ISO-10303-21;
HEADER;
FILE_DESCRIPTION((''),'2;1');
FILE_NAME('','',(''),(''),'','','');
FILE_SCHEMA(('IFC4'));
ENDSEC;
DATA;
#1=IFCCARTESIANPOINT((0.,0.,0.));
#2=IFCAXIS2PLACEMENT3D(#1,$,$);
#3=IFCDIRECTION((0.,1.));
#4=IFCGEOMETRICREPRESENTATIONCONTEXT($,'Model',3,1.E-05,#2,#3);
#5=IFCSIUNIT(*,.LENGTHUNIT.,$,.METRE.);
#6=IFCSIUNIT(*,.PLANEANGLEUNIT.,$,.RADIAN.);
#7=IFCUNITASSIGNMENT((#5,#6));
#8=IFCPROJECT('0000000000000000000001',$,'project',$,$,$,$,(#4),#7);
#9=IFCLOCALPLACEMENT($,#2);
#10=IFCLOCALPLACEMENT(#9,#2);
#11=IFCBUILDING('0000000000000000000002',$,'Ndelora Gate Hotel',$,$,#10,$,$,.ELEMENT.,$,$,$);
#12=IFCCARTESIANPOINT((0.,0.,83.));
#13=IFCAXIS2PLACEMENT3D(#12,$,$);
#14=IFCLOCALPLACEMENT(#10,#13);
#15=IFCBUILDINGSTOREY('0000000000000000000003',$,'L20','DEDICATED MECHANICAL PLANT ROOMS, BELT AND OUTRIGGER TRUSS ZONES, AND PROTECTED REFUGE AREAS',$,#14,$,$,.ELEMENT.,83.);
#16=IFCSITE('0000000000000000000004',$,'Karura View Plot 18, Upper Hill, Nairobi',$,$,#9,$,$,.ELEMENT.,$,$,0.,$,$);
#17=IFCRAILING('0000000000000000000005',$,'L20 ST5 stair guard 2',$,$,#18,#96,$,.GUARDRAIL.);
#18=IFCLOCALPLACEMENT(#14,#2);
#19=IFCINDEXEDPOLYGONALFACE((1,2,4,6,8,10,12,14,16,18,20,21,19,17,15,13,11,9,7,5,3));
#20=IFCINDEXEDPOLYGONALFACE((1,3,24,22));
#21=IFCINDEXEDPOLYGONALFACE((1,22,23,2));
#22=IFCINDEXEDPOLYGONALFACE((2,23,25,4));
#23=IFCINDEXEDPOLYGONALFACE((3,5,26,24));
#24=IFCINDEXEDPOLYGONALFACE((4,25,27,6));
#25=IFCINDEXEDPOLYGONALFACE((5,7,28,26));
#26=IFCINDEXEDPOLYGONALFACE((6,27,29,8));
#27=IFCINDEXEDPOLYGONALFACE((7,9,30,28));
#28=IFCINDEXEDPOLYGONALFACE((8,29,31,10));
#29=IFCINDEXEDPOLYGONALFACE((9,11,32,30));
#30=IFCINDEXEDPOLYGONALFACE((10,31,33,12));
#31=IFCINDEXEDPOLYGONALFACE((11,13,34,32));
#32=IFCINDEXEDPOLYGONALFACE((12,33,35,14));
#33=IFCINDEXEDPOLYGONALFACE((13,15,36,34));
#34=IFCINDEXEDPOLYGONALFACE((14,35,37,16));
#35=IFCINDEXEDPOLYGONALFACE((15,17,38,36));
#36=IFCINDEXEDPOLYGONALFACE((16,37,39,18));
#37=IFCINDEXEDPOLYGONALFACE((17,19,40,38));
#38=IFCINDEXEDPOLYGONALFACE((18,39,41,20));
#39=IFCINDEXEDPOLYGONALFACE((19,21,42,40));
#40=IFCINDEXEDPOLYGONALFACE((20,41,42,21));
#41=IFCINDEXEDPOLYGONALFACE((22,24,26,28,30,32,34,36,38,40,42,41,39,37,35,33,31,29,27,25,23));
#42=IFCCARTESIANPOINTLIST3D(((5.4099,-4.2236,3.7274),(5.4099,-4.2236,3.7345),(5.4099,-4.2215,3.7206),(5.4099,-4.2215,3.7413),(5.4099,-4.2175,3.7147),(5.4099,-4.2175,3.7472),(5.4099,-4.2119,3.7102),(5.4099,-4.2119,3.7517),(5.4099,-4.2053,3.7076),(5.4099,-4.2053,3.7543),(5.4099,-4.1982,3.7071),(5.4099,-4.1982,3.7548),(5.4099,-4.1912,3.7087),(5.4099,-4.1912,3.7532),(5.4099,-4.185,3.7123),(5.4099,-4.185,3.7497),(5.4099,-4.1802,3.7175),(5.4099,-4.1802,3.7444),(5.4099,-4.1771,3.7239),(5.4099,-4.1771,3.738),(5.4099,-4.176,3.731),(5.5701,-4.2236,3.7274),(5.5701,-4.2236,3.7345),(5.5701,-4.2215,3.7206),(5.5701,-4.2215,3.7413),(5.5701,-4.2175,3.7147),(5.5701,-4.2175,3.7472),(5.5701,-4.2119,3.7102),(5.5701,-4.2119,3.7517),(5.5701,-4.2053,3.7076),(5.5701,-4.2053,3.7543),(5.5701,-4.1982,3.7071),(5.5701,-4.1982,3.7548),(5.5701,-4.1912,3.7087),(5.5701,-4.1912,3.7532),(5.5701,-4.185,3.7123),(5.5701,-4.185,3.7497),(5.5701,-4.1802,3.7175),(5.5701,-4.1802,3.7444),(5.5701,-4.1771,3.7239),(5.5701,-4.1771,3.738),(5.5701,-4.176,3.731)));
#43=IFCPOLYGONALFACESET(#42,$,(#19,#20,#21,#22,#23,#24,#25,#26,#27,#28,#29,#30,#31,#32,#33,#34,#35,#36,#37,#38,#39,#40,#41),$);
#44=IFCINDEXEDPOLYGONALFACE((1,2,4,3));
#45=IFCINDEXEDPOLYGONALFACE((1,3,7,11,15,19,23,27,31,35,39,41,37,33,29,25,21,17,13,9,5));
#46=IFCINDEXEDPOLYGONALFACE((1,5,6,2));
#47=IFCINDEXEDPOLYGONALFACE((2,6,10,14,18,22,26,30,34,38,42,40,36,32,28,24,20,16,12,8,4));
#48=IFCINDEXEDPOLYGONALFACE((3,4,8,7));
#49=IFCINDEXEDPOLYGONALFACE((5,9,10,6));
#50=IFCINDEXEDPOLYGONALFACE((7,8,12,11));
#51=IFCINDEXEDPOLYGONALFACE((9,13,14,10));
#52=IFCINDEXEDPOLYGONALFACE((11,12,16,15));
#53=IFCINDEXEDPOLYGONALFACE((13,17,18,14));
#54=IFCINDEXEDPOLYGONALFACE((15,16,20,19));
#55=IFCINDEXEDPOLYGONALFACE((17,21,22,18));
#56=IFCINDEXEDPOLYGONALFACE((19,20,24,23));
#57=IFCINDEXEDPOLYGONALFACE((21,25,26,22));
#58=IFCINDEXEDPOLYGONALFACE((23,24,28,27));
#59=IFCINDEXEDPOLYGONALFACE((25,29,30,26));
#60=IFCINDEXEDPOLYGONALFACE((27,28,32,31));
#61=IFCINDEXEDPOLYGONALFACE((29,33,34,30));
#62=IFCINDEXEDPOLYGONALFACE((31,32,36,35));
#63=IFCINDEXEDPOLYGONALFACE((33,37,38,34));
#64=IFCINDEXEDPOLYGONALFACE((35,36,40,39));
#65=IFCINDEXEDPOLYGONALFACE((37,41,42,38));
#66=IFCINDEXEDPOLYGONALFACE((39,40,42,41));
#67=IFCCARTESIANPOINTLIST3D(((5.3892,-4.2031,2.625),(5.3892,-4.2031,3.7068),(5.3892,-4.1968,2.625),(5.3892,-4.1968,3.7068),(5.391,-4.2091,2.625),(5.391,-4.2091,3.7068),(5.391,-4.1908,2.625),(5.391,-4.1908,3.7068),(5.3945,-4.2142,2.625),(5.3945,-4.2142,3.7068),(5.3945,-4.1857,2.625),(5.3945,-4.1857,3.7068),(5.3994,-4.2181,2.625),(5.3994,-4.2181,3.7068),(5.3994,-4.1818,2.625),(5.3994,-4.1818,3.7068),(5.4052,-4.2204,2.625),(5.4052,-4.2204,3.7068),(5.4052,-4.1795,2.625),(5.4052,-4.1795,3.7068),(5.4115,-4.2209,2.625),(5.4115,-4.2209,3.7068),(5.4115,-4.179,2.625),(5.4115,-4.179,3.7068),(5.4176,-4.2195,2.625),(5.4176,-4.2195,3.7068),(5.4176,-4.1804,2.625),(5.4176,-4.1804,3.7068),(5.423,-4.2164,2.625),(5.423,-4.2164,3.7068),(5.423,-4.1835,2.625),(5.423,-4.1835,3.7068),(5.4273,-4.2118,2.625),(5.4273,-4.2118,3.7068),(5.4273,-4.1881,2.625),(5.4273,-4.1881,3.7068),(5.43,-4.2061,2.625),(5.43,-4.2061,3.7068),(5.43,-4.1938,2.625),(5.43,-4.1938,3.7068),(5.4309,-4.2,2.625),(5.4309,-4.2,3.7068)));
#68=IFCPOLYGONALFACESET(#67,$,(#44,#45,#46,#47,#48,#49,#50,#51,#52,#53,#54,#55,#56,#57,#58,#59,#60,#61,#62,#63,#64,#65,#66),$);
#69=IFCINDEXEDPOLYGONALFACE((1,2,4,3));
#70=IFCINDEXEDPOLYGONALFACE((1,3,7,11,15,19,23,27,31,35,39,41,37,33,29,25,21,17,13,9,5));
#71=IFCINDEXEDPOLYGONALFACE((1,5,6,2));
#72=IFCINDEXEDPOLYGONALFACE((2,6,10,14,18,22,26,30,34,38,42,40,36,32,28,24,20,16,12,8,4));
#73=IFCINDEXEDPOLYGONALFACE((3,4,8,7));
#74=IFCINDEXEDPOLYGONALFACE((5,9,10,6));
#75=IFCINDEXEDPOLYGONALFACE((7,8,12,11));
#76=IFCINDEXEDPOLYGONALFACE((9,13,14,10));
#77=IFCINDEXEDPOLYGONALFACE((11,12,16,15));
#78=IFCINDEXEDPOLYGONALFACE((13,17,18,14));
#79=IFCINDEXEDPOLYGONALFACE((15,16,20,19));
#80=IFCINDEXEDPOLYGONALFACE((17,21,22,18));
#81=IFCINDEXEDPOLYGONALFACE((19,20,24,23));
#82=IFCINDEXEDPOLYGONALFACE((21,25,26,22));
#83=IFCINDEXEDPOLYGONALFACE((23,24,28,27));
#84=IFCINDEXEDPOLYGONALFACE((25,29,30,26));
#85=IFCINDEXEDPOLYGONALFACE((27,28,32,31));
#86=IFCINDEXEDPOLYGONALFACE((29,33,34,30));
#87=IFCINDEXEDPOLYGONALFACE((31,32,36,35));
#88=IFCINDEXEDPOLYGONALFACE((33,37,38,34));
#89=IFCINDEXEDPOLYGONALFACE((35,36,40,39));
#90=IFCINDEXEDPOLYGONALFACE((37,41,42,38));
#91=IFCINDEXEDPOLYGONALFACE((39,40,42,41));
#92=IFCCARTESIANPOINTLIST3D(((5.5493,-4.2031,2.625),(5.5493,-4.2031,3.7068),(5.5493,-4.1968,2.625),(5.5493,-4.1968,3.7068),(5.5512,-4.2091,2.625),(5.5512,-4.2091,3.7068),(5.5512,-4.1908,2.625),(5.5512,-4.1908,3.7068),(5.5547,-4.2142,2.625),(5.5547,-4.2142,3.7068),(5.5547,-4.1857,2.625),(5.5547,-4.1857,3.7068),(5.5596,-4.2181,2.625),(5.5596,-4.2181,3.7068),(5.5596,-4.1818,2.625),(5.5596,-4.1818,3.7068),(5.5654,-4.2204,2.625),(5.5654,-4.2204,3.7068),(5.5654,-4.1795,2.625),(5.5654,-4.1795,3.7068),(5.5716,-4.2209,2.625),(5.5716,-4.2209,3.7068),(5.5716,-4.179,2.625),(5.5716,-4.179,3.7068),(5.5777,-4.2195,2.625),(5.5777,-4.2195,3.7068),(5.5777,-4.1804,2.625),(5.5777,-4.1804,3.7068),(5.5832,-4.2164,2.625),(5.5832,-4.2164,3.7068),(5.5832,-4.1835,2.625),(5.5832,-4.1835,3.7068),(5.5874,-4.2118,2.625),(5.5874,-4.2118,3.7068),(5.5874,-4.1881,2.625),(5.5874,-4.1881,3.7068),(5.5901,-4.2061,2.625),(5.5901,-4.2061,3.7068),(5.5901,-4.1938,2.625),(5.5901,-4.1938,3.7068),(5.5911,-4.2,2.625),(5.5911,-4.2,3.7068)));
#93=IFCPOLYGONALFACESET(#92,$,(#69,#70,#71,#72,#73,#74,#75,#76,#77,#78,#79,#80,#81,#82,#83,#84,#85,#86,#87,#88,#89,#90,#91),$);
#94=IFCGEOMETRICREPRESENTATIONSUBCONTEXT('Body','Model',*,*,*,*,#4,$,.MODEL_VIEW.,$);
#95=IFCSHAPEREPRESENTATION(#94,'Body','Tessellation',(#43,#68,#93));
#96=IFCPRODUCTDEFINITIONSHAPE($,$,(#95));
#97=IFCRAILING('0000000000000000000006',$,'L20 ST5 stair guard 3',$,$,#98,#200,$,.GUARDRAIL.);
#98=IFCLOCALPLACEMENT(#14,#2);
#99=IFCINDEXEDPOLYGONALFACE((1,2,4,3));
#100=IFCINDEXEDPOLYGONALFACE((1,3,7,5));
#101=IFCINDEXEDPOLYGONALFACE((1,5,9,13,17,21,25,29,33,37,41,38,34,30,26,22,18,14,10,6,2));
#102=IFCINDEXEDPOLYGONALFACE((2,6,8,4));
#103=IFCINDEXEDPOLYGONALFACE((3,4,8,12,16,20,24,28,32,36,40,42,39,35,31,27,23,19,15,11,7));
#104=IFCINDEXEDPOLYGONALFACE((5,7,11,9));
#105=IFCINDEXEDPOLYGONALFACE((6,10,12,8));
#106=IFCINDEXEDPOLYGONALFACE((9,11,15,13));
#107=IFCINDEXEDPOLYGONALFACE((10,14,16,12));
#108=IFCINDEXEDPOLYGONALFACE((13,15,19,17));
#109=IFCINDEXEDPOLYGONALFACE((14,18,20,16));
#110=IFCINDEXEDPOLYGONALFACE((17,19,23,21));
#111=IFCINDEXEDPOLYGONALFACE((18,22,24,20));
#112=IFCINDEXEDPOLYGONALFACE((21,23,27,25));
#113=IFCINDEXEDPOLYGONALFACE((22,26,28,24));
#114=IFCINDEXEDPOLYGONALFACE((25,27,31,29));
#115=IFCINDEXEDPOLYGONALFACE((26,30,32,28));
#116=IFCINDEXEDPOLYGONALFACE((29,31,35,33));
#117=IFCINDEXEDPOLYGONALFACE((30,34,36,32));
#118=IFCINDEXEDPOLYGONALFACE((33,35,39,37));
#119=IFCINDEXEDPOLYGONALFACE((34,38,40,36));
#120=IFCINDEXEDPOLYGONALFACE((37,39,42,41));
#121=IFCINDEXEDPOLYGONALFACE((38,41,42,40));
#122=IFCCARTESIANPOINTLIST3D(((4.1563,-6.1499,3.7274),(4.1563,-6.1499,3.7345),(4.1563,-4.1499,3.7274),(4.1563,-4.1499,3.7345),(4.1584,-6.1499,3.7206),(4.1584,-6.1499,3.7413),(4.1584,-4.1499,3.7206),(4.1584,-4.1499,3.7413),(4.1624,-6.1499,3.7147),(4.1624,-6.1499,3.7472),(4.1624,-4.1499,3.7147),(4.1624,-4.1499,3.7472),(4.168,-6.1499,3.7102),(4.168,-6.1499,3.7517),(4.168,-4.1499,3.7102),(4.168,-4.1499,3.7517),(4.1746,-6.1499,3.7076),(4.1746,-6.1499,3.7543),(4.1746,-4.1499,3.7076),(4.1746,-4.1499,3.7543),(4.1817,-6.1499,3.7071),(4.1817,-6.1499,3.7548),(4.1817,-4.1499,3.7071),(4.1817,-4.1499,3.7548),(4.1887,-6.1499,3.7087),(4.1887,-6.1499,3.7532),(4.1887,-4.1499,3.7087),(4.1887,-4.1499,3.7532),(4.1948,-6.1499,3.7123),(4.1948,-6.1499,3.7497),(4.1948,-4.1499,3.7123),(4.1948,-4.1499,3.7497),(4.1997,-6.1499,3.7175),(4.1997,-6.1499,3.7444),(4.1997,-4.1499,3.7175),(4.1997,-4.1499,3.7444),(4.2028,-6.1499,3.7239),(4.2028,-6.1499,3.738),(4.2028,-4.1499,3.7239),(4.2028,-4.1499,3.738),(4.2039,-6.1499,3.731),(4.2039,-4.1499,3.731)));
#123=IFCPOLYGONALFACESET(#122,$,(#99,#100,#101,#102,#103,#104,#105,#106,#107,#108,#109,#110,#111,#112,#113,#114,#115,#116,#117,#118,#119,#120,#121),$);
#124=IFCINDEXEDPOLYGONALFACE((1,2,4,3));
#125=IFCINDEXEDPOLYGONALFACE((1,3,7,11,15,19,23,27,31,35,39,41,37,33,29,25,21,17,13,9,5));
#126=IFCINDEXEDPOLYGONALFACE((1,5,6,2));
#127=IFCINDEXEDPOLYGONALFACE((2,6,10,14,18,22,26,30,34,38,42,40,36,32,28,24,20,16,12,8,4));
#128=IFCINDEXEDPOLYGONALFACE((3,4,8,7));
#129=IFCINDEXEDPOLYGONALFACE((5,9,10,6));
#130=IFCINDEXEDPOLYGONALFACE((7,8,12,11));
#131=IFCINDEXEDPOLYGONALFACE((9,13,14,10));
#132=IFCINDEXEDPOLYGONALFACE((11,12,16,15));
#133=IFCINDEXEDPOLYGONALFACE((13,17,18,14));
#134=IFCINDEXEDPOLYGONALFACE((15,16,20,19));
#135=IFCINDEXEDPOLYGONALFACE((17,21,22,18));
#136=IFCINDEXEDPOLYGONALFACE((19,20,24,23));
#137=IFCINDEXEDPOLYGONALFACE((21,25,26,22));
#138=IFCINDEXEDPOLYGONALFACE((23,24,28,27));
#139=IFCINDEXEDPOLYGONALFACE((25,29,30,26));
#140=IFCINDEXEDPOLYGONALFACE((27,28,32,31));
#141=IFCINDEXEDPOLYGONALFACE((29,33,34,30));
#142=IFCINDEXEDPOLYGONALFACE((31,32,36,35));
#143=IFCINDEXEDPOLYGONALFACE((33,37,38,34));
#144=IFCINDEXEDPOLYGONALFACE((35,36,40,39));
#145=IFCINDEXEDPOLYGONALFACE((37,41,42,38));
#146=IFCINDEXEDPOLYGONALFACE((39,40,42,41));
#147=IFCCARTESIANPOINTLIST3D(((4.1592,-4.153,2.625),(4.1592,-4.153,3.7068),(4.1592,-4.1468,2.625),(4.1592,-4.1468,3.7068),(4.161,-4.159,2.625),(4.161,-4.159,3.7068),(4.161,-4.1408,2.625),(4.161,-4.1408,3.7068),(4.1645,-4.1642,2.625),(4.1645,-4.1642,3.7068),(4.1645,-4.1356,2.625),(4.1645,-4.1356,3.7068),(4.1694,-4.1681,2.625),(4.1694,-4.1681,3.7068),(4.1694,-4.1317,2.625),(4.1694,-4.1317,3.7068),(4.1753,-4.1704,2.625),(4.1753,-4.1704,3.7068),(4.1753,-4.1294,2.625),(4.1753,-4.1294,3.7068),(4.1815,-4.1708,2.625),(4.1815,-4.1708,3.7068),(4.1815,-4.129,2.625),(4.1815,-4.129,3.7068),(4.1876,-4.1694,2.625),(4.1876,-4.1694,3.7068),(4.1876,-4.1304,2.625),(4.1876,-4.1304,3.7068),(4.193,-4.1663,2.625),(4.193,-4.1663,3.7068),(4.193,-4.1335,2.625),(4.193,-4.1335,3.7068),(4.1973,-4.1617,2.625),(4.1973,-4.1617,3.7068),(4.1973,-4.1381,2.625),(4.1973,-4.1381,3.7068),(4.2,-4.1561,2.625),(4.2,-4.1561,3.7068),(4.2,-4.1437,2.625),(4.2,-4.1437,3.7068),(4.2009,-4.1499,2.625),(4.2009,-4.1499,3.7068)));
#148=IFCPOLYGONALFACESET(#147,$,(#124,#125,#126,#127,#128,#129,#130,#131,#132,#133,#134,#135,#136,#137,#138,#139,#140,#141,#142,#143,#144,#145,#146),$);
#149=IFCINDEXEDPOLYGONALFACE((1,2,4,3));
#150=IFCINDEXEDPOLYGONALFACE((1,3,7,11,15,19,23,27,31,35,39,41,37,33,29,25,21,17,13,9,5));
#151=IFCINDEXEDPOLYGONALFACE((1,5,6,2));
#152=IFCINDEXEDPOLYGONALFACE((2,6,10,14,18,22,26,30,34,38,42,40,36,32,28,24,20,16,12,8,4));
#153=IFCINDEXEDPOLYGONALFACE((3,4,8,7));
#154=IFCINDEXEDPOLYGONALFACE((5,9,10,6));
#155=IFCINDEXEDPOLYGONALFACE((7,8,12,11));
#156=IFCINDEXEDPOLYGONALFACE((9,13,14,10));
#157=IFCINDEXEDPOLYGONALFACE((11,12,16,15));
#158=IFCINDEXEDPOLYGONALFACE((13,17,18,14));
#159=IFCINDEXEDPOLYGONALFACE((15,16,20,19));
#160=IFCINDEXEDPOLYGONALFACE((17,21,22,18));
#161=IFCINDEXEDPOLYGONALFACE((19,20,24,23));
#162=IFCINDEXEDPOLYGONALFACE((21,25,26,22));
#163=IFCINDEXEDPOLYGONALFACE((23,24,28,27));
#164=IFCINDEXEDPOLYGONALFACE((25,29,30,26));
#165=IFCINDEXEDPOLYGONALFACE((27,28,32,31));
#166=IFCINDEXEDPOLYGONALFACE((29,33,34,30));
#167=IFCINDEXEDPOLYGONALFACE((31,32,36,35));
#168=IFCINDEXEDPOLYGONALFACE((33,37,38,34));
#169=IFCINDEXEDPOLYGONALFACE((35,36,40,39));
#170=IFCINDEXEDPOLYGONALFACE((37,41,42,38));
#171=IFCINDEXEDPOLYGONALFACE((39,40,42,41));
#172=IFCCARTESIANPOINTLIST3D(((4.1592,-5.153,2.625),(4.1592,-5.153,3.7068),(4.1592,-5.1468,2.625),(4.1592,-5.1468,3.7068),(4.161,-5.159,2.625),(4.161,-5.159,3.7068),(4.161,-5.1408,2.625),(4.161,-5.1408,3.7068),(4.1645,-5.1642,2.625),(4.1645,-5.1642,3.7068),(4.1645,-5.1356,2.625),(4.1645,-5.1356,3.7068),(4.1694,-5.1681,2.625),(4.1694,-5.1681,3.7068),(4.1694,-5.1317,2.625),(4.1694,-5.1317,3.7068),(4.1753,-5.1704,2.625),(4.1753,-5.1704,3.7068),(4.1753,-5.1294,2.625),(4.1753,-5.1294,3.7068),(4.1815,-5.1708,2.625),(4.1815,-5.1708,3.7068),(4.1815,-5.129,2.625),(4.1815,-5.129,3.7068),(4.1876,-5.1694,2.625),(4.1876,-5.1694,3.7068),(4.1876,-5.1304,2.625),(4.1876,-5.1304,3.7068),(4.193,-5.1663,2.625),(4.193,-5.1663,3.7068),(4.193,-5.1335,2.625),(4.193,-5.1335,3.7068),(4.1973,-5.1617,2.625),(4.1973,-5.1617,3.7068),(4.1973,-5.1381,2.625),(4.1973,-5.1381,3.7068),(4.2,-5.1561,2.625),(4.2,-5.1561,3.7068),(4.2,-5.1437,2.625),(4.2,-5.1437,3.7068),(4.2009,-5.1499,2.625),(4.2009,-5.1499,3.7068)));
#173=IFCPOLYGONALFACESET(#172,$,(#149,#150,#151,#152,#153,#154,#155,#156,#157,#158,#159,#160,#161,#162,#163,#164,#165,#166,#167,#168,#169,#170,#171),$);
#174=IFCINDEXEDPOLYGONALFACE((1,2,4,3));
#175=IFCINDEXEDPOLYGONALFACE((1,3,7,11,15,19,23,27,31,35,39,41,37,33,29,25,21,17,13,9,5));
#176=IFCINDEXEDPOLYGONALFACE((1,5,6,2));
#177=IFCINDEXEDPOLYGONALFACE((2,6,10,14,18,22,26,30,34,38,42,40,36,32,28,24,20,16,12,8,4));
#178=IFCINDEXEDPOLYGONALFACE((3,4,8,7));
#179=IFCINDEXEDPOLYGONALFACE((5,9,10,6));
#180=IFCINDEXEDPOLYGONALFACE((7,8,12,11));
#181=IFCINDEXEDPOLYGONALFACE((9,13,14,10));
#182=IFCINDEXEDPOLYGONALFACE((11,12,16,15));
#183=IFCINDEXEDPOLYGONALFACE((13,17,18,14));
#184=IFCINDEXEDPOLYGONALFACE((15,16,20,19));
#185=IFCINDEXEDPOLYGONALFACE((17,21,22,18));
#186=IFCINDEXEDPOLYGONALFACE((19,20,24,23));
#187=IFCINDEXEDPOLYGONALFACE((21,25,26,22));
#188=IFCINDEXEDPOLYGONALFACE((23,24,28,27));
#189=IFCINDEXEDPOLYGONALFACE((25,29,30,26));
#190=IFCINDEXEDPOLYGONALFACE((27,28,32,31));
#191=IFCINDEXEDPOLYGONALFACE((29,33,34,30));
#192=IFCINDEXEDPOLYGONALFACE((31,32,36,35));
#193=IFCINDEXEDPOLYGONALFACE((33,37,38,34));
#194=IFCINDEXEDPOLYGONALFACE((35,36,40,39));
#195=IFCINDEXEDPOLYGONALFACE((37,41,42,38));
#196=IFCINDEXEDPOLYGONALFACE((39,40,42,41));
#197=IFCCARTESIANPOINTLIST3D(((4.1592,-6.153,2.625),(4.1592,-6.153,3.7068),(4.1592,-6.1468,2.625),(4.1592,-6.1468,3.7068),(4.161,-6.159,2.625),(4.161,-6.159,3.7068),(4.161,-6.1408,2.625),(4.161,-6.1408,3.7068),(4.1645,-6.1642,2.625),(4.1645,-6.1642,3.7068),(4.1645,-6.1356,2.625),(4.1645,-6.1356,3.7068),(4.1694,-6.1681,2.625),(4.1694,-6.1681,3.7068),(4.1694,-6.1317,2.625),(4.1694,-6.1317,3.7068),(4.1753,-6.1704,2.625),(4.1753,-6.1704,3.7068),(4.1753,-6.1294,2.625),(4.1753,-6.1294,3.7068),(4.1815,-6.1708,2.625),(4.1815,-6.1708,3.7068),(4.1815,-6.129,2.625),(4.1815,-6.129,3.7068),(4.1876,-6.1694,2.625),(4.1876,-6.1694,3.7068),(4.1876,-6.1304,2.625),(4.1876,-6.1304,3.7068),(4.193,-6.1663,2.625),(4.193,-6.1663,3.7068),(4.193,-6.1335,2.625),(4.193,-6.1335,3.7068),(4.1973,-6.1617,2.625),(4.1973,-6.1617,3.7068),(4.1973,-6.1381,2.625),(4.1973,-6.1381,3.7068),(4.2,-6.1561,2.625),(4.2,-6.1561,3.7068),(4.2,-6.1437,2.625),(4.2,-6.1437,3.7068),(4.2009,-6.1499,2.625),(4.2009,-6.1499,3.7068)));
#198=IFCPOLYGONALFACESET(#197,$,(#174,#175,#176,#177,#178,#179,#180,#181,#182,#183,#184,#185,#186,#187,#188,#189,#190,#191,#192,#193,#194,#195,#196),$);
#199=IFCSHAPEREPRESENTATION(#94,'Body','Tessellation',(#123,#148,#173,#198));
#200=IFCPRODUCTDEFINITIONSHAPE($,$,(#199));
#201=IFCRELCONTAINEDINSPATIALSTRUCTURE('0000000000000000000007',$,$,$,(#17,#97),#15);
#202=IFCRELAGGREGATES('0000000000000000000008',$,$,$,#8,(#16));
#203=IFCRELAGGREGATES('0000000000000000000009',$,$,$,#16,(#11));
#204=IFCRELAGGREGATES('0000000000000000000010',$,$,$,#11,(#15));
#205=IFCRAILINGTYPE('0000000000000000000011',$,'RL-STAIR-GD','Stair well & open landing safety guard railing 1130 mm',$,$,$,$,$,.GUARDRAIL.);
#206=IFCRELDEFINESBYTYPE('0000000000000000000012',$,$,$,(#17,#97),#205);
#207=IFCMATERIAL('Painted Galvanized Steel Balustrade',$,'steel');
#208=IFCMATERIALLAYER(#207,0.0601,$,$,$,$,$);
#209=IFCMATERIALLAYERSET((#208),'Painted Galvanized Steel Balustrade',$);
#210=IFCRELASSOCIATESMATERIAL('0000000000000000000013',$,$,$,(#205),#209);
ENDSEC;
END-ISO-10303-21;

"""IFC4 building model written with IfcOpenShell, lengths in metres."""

from ifc_helpers import new_model, si_unit, direction, frame, origin, origin_2d, place, context, subcontext, project, spatial, circle, extrude, material, layer, layer_set, type_object, element, save


model = new_model("IFC4")

# Units and contexts
model_context = context("Model", 3, precision=1e-05, world=origin(), true_north=direction((0.0, 1.0)))
body_context = subcontext(model_context, "Body", "Model", "MODEL_VIEW")
ifc_project = project(units=[si_unit("LENGTHUNIT", "METRE"), si_unit("PLANEANGLEUNIT", "RADIAN")], contexts=[model_context])

# Site, building, storey
site_placement = place(None, origin())
site = spatial("IfcSite", under=ifc_project, at=site_placement, Name="Karura View Plot 18, Upper Hill, Nairobi", CompositionType="ELEMENT", RefElevation=0.0)
building_placement = place(site_placement, origin())
building = spatial("IfcBuilding", under=site, at=building_placement, Name="Ndelora Gate Hotel", CompositionType="ELEMENT")
storey_placement = place(building_placement, frame((0.0, 0.0, 83.0)))
storey = spatial("IfcBuildingStorey", under=building, at=storey_placement, Name="L20", Description="DEDICATED MECHANICAL PLANT ROOMS, BELT AND OUTRIGGER TRUSS ZONES, AND PROTECTED REFUGE AREAS", CompositionType="ELEMENT", Elevation=83.0)

# Railings
ifc_material_1 = material(Name="Painted Galvanized Steel Balustrade", Category="steel")
ifc_layer_1 = layer(ifc_material_1, 0.0601)
ifc_layer_set_1 = layer_set([ifc_layer_1], Name="Painted Galvanized Steel Balustrade")
railing_type_1 = type_object("IfcRailingType", Name="RL-STAIR-GD", Description="Stair well & open landing safety guard railing 1130 mm", PredefinedType="GUARDRAIL", material=ifc_layer_set_1)
railing_1_placement = place(storey_placement, frame((5.4099, -4.2, 2.625)))
element("IfcRailing", 1, at=railing_1_placement, inside=storey, type_object=railing_type_1, Name="L20 ST5 stair guard 2", PredefinedType="GUARDRAIL", context=body_context, shape_type="SweptSolid", body=[
    extrude(circle(Radius=0.0239, at=origin_2d()), frame((0.0, 0.0, 1.106), z_axis=(1.0, 0.0, 0.0), x_axis=(0.0, 1.0, 0.0)), (0.0, 0.0, 1.0), 0.1602),
    extrude(circle(Radius=0.021, at=origin_2d()), origin(), (0.0, 0.0, 1.0), 1.0818),
    extrude(circle(Radius=0.021, at=origin_2d()), frame((0.1602, 0.0, 0.0)), (0.0, 0.0, 1.0), 1.0818),
])
for number, where, name in (
    (2, (4.1799, -4.1499, 2.625), "L20 ST5 stair guard 3"),
):
    element("IfcRailing", number, at=place(storey_placement, frame(where)), inside=storey, type_object=railing_type_1, Name=name, PredefinedType="GUARDRAIL", context=body_context, shape_type="SweptSolid", body=[
        extrude(circle(Radius=0.0239, at=origin_2d()), frame((0.0, 0.0, 1.106), z_axis=(0.0, -1.0, 0.0), x_axis=(1.0, 0.0, 0.0)), (0.0, 0.0, 1.0), 2.0),
        extrude(circle(Radius=0.021, at=origin_2d()), origin(), (0.0, 0.0, 1.0), 1.0818),
        extrude(circle(Radius=0.021, at=origin_2d()), frame((0.0, -1.0, 0.0)), (0.0, 0.0, 1.0), 1.0818),
        extrude(circle(Radius=0.021, at=origin_2d()), frame((0.0, -2.0, 0.0)), (0.0, 0.0, 1.0), 1.0818),
    ])

save(model, "model.ifc")
